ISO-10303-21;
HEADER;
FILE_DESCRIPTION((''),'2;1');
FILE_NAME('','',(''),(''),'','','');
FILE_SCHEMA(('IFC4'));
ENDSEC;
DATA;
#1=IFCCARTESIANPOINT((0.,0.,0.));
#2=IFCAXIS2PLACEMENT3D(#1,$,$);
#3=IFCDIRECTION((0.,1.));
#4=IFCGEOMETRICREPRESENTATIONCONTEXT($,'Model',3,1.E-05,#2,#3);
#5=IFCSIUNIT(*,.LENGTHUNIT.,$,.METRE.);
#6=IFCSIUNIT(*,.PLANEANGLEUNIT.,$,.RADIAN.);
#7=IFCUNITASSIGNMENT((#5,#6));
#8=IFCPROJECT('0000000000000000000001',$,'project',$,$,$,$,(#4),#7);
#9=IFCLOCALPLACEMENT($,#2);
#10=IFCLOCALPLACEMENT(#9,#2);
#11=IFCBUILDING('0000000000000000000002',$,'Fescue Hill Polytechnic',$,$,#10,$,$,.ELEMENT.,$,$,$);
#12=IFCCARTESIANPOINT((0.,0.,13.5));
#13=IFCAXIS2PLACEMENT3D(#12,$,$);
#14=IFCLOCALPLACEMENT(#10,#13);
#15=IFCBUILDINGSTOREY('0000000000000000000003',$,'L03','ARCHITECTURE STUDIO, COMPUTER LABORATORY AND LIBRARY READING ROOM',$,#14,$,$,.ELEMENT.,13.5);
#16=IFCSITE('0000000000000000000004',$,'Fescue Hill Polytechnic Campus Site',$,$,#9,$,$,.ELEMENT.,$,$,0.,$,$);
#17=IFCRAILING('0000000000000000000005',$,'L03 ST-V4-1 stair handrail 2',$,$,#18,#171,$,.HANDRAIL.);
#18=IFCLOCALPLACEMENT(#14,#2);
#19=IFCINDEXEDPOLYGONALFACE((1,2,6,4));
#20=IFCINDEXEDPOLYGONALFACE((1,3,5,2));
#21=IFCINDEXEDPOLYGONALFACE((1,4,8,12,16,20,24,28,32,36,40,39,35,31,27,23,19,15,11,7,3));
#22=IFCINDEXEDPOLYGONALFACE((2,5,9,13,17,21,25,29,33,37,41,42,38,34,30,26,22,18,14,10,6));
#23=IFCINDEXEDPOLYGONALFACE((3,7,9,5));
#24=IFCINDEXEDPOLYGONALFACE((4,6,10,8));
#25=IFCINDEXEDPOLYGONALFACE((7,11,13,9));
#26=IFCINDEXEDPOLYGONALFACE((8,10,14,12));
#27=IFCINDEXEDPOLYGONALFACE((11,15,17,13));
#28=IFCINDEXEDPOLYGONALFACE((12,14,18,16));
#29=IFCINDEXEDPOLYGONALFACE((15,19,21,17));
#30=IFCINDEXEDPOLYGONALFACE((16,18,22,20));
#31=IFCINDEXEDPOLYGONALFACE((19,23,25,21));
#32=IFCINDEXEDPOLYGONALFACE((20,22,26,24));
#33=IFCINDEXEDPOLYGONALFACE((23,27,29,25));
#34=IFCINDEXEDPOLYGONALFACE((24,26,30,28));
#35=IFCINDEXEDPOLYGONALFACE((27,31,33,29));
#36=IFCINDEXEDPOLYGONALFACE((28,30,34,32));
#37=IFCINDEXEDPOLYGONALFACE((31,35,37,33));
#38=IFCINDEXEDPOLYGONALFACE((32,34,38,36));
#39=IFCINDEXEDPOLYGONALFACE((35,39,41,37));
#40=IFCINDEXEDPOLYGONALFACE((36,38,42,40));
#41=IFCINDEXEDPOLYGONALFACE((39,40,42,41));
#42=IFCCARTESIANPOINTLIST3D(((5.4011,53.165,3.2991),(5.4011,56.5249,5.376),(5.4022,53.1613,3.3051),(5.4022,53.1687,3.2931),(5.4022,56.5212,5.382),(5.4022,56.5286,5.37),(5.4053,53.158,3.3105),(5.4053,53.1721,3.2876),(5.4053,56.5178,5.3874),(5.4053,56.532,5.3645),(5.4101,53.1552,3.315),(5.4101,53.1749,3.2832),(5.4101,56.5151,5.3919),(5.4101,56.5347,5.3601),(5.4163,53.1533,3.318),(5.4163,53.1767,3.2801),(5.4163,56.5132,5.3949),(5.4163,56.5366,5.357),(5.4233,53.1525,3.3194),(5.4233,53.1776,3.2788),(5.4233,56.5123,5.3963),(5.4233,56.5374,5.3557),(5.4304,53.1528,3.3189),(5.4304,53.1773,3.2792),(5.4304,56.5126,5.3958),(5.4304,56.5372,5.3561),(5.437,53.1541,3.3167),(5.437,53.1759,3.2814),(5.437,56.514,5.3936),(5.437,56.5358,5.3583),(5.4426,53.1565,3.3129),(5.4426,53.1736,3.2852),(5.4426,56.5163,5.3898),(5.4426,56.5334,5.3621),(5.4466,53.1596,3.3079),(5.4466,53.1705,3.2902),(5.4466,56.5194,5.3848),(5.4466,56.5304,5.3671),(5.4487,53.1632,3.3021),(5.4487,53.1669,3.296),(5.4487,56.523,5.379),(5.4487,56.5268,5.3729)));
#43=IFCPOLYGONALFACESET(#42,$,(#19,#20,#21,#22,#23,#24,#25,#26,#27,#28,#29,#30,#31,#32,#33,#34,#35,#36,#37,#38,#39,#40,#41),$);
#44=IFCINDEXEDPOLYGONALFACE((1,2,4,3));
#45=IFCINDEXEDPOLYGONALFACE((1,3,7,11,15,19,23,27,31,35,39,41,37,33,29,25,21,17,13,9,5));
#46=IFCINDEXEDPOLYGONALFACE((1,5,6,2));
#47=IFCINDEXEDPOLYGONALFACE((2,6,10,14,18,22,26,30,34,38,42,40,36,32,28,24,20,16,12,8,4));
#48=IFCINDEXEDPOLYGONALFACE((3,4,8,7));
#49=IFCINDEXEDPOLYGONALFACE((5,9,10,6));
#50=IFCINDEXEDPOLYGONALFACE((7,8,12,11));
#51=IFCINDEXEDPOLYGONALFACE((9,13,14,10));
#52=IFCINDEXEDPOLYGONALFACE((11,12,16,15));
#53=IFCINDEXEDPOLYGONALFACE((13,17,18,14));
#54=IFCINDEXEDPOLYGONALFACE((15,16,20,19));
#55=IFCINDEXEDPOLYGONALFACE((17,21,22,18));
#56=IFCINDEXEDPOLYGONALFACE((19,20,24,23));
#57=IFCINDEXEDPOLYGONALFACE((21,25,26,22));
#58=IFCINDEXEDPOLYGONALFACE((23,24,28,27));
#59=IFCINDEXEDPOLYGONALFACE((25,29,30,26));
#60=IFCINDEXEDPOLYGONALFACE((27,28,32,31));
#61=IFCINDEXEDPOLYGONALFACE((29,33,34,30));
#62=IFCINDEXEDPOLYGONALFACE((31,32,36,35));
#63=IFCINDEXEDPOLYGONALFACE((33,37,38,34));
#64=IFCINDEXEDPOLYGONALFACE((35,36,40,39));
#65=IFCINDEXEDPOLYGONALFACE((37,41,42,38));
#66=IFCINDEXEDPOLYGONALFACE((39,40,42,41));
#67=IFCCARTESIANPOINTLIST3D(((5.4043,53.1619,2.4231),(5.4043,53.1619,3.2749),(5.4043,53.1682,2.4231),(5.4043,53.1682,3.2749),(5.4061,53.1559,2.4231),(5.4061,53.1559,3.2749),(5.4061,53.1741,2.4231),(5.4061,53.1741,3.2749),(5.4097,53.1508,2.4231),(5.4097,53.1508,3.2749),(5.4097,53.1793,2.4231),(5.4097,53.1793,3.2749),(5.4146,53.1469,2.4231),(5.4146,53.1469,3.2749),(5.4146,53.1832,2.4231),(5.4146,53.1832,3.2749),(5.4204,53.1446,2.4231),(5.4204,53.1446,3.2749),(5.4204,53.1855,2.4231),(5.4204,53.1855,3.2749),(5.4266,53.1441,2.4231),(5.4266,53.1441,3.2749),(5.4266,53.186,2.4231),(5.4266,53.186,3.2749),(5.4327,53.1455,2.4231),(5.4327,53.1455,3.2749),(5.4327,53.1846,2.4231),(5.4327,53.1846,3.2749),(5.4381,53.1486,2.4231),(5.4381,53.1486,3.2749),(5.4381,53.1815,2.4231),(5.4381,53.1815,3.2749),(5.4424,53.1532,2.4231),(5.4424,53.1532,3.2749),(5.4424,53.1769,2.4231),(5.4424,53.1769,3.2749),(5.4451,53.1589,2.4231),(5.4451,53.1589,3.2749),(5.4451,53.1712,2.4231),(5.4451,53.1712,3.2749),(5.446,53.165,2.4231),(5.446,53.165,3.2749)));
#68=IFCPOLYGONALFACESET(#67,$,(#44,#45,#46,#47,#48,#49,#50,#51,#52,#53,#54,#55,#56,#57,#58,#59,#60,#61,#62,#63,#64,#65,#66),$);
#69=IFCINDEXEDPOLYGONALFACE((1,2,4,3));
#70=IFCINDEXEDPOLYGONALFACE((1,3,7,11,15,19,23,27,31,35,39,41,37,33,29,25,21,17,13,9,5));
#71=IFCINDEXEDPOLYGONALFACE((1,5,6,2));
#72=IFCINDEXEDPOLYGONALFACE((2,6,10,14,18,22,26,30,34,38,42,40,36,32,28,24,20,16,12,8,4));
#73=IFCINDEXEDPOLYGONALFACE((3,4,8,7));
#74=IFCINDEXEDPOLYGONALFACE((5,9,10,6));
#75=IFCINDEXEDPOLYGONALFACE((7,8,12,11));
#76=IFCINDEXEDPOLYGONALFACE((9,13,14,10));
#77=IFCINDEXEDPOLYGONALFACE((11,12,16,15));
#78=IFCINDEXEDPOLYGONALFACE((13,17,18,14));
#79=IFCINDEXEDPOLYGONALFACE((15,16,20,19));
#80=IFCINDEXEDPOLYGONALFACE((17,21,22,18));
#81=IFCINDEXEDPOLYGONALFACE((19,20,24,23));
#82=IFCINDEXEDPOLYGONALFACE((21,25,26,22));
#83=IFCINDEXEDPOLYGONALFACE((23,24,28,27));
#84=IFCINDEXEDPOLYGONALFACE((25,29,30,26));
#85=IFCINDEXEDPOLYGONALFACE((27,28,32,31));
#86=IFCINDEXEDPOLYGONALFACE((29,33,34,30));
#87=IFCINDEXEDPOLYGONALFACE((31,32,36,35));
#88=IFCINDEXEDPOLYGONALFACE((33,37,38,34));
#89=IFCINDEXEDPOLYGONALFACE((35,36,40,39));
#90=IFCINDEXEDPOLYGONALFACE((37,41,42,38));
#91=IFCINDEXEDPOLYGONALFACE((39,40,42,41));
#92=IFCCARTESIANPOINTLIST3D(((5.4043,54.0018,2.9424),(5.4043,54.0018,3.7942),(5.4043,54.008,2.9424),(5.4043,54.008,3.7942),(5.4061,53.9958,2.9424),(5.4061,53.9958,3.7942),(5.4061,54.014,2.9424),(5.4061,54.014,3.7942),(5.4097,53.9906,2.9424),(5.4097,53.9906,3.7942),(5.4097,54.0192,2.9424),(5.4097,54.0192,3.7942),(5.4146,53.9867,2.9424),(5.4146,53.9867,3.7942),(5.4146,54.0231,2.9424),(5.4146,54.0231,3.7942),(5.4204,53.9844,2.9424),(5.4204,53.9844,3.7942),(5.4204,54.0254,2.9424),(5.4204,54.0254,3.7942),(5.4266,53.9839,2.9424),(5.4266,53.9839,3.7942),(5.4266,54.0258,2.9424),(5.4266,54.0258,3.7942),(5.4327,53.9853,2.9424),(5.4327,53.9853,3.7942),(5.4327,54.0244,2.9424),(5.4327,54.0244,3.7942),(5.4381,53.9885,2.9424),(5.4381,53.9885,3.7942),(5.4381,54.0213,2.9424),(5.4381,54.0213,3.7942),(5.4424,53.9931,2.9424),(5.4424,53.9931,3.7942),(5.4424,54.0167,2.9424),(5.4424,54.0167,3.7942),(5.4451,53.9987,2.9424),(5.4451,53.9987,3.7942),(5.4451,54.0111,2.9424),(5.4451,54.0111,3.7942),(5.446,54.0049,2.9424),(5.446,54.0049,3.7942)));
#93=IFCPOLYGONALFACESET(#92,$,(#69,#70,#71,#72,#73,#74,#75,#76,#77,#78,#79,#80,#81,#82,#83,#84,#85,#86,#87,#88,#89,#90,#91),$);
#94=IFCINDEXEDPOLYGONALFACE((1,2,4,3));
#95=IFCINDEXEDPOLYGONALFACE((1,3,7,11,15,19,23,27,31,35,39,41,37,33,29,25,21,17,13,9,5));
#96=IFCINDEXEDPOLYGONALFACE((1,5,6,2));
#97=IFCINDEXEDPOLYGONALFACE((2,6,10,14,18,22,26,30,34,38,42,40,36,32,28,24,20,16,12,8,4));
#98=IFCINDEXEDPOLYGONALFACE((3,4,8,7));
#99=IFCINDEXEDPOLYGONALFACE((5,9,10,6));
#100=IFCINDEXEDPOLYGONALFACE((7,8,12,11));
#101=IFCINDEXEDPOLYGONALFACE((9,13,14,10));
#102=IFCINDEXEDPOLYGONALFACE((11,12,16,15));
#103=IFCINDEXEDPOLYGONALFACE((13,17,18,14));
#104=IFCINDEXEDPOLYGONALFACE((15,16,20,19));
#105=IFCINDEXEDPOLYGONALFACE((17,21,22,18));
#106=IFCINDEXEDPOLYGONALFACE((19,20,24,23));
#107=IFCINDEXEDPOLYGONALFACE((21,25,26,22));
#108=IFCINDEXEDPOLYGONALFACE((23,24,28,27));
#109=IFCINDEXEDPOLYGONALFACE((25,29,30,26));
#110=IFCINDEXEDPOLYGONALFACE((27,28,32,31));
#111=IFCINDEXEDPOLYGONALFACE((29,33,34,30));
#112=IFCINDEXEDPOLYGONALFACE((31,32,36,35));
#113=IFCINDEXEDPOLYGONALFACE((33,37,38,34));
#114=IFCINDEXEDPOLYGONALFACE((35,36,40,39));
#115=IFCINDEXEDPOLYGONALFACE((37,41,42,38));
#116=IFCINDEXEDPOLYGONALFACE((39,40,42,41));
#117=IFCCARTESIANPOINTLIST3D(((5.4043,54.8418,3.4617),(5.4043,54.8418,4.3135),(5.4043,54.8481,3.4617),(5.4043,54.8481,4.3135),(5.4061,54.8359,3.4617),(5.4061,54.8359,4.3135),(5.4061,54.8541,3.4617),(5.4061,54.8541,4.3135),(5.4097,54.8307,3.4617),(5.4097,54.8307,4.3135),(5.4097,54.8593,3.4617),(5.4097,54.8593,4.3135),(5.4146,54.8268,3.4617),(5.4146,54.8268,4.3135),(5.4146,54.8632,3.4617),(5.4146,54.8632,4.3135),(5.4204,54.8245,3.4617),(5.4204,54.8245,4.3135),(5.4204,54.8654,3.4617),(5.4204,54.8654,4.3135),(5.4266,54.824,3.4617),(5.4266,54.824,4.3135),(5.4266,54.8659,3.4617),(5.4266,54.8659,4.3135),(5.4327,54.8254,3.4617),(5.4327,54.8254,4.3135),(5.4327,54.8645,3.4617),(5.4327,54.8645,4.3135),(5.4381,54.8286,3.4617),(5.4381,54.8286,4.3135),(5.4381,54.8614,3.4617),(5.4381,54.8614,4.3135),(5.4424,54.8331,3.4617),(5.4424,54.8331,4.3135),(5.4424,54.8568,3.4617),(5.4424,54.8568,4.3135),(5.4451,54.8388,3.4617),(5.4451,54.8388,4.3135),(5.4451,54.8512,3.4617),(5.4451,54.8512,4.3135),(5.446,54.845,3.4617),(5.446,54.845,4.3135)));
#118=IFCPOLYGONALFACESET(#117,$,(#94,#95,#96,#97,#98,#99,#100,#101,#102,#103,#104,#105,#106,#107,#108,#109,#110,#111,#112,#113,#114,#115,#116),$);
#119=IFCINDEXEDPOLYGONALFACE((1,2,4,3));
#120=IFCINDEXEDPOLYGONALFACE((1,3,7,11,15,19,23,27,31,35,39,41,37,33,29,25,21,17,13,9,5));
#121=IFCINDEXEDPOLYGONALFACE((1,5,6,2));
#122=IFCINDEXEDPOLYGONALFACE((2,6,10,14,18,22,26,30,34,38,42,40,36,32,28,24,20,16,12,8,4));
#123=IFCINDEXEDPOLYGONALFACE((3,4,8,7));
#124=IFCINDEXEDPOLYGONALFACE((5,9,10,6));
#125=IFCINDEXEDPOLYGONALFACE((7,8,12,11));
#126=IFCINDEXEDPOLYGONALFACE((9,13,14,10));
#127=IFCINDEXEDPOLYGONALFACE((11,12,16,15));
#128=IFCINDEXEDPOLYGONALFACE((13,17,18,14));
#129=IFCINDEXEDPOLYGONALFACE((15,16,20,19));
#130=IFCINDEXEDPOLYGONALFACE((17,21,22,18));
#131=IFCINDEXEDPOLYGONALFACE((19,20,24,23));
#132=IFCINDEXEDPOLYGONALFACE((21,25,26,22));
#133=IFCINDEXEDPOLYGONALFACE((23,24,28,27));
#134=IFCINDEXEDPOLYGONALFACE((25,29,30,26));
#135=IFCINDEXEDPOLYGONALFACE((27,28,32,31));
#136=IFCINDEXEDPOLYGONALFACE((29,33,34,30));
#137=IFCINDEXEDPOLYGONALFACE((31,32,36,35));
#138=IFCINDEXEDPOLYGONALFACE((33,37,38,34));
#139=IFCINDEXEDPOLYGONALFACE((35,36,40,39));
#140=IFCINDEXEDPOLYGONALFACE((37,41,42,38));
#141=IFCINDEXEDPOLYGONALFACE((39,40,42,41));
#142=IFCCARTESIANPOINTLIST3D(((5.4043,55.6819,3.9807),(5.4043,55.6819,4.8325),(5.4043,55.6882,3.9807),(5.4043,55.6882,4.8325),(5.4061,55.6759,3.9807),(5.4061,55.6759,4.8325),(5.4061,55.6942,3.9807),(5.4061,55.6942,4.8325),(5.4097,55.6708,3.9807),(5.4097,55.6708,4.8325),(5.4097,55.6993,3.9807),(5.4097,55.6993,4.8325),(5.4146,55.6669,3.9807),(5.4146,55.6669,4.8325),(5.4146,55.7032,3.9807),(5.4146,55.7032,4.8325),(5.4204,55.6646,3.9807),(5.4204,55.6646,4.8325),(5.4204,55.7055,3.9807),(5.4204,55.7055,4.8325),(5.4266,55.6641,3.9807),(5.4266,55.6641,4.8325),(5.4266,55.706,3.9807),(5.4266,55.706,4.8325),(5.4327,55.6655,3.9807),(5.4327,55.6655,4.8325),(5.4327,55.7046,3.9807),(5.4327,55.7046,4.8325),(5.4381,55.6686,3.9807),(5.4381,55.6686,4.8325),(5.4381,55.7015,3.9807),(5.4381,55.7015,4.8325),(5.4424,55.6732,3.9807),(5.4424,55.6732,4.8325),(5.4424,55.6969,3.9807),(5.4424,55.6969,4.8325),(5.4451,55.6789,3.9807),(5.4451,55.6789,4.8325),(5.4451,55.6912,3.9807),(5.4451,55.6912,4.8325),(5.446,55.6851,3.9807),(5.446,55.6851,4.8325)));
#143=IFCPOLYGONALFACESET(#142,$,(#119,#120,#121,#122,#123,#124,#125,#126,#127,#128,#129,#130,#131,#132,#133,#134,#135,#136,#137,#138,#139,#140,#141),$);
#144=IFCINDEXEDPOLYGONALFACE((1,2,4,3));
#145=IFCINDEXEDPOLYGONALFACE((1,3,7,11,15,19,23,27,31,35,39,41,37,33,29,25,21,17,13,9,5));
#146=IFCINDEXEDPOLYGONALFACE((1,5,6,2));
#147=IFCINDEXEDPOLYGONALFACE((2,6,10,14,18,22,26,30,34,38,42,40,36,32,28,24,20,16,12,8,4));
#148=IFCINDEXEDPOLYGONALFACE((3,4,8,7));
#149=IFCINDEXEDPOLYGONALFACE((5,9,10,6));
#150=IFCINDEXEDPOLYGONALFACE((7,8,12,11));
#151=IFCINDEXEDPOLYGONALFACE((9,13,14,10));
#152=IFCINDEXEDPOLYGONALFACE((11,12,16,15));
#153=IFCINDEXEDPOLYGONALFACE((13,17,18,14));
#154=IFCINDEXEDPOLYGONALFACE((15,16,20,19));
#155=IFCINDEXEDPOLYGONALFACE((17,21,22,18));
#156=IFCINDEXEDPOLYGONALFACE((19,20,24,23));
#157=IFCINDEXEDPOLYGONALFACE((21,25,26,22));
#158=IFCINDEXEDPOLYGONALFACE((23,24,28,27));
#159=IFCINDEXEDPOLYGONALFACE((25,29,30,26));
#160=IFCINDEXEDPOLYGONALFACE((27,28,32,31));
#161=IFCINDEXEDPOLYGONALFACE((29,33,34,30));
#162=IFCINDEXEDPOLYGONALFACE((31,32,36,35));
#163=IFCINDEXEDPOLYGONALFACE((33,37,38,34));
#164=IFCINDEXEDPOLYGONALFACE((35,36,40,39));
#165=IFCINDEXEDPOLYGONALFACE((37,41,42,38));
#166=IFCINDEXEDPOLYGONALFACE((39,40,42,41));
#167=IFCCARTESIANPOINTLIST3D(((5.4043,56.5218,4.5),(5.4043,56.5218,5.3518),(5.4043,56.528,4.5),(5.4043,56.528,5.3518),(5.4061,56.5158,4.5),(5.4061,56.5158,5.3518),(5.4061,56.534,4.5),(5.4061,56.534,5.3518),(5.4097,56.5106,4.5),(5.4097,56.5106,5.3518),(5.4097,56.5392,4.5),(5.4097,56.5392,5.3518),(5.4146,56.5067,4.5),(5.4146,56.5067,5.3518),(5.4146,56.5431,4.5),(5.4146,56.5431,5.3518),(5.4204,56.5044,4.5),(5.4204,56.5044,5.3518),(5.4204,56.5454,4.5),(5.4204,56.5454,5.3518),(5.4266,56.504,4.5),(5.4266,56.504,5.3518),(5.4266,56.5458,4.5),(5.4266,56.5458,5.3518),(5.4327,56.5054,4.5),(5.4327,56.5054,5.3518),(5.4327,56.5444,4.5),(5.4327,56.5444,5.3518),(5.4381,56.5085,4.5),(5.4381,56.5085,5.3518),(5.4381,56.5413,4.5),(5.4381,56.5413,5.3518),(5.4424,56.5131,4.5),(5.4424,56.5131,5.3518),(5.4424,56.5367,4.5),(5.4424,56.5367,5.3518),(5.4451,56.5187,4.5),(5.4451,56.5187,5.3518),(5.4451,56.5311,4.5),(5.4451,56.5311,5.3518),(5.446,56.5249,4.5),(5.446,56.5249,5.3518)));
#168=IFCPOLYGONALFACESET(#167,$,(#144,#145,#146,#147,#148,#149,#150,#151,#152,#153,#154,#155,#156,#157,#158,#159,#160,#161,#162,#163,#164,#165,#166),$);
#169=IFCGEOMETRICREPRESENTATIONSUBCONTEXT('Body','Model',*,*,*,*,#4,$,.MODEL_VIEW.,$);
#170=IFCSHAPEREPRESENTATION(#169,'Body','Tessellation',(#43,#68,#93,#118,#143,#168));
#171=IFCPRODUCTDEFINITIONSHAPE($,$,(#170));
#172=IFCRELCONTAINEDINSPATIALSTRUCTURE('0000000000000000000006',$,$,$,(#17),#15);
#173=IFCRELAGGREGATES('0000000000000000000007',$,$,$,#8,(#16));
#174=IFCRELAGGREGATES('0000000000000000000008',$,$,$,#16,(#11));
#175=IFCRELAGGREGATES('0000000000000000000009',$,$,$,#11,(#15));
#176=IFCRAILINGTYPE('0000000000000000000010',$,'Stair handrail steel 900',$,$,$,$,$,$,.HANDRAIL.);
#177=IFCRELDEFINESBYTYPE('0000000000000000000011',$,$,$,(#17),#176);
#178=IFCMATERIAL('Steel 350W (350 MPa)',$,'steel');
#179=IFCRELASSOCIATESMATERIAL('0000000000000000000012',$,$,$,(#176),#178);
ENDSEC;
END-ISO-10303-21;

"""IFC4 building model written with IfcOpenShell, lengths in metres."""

from ifc_helpers import new_model, si_unit, direction, frame, origin, origin_2d, place, context, subcontext, project, spatial, circle, extrude, material, type_object, element, save


model = new_model("IFC4")

# Units and contexts
model_context = context("Model", 3, precision=1e-05, world=origin(), true_north=direction((0.0, 1.0)))
body_context = subcontext(model_context, "Body", "Model", "MODEL_VIEW")
ifc_project = project(units=[si_unit("LENGTHUNIT", "METRE"), si_unit("PLANEANGLEUNIT", "RADIAN")], contexts=[model_context])

# Site, building, storey
site_placement = place(None, origin())
site = spatial("IfcSite", under=ifc_project, at=site_placement, Name="Fescue Hill Polytechnic Campus Site", CompositionType="ELEMENT", RefElevation=0.0)
building_placement = place(site_placement, origin())
building = spatial("IfcBuilding", under=site, at=building_placement, Name="Fescue Hill Polytechnic", CompositionType="ELEMENT")
storey_placement = place(building_placement, frame((0.0, 0.0, 13.5)))
storey = spatial("IfcBuildingStorey", under=building, at=storey_placement, Name="L03", Description="ARCHITECTURE STUDIO, COMPUTER LABORATORY AND LIBRARY READING ROOM", CompositionType="ELEMENT", Elevation=13.5)

# Railing
ifc_material_1 = material(Name="Steel 350W (350 MPa)", Category="steel")
railing_type_1 = type_object("IfcRailingType", Name="Stair handrail steel 900", PredefinedType="HANDRAIL", material=ifc_material_1)
for number, where, name in (
    (1, (5.425, 53.165, 2.4231), "L03 ST-V4-1 stair handrail 2"),
):
    element("IfcRailing", number, at=place(storey_placement, frame(where)), inside=storey, type_object=railing_type_1, Name=name, PredefinedType="HANDRAIL", context=body_context, shape_type="SweptSolid", body=[
        extrude(circle(Radius=0.0239, at=origin_2d()), frame((0.0, 0.0, 0.876), z_axis=(0.0, 0.850606, 0.525803), x_axis=(-1.0, 0.0, 0.0)), (0.0, 0.0, 1.0), 3.95),
        extrude(circle(Radius=0.021, at=origin_2d()), origin(), (0.0, 0.0, 1.0), 0.8518),
        extrude(circle(Radius=0.021, at=origin_2d()), frame((0.0, 0.8398, 0.5193)), (0.0, 0.0, 1.0), 0.8518),
        extrude(circle(Radius=0.021, at=origin_2d()), frame((0.0, 1.6799, 1.0386)), (0.0, 0.0, 1.0), 0.8518),
        extrude(circle(Radius=0.021, at=origin_2d()), frame((0.0, 2.52, 1.5576)), (0.0, 0.0, 1.0), 0.8518),
        extrude(circle(Radius=0.021, at=origin_2d()), frame((0.0, 3.3599, 2.0769)), (0.0, 0.0, 1.0), 0.8518),
    ])

save(model, "model.ifc")
